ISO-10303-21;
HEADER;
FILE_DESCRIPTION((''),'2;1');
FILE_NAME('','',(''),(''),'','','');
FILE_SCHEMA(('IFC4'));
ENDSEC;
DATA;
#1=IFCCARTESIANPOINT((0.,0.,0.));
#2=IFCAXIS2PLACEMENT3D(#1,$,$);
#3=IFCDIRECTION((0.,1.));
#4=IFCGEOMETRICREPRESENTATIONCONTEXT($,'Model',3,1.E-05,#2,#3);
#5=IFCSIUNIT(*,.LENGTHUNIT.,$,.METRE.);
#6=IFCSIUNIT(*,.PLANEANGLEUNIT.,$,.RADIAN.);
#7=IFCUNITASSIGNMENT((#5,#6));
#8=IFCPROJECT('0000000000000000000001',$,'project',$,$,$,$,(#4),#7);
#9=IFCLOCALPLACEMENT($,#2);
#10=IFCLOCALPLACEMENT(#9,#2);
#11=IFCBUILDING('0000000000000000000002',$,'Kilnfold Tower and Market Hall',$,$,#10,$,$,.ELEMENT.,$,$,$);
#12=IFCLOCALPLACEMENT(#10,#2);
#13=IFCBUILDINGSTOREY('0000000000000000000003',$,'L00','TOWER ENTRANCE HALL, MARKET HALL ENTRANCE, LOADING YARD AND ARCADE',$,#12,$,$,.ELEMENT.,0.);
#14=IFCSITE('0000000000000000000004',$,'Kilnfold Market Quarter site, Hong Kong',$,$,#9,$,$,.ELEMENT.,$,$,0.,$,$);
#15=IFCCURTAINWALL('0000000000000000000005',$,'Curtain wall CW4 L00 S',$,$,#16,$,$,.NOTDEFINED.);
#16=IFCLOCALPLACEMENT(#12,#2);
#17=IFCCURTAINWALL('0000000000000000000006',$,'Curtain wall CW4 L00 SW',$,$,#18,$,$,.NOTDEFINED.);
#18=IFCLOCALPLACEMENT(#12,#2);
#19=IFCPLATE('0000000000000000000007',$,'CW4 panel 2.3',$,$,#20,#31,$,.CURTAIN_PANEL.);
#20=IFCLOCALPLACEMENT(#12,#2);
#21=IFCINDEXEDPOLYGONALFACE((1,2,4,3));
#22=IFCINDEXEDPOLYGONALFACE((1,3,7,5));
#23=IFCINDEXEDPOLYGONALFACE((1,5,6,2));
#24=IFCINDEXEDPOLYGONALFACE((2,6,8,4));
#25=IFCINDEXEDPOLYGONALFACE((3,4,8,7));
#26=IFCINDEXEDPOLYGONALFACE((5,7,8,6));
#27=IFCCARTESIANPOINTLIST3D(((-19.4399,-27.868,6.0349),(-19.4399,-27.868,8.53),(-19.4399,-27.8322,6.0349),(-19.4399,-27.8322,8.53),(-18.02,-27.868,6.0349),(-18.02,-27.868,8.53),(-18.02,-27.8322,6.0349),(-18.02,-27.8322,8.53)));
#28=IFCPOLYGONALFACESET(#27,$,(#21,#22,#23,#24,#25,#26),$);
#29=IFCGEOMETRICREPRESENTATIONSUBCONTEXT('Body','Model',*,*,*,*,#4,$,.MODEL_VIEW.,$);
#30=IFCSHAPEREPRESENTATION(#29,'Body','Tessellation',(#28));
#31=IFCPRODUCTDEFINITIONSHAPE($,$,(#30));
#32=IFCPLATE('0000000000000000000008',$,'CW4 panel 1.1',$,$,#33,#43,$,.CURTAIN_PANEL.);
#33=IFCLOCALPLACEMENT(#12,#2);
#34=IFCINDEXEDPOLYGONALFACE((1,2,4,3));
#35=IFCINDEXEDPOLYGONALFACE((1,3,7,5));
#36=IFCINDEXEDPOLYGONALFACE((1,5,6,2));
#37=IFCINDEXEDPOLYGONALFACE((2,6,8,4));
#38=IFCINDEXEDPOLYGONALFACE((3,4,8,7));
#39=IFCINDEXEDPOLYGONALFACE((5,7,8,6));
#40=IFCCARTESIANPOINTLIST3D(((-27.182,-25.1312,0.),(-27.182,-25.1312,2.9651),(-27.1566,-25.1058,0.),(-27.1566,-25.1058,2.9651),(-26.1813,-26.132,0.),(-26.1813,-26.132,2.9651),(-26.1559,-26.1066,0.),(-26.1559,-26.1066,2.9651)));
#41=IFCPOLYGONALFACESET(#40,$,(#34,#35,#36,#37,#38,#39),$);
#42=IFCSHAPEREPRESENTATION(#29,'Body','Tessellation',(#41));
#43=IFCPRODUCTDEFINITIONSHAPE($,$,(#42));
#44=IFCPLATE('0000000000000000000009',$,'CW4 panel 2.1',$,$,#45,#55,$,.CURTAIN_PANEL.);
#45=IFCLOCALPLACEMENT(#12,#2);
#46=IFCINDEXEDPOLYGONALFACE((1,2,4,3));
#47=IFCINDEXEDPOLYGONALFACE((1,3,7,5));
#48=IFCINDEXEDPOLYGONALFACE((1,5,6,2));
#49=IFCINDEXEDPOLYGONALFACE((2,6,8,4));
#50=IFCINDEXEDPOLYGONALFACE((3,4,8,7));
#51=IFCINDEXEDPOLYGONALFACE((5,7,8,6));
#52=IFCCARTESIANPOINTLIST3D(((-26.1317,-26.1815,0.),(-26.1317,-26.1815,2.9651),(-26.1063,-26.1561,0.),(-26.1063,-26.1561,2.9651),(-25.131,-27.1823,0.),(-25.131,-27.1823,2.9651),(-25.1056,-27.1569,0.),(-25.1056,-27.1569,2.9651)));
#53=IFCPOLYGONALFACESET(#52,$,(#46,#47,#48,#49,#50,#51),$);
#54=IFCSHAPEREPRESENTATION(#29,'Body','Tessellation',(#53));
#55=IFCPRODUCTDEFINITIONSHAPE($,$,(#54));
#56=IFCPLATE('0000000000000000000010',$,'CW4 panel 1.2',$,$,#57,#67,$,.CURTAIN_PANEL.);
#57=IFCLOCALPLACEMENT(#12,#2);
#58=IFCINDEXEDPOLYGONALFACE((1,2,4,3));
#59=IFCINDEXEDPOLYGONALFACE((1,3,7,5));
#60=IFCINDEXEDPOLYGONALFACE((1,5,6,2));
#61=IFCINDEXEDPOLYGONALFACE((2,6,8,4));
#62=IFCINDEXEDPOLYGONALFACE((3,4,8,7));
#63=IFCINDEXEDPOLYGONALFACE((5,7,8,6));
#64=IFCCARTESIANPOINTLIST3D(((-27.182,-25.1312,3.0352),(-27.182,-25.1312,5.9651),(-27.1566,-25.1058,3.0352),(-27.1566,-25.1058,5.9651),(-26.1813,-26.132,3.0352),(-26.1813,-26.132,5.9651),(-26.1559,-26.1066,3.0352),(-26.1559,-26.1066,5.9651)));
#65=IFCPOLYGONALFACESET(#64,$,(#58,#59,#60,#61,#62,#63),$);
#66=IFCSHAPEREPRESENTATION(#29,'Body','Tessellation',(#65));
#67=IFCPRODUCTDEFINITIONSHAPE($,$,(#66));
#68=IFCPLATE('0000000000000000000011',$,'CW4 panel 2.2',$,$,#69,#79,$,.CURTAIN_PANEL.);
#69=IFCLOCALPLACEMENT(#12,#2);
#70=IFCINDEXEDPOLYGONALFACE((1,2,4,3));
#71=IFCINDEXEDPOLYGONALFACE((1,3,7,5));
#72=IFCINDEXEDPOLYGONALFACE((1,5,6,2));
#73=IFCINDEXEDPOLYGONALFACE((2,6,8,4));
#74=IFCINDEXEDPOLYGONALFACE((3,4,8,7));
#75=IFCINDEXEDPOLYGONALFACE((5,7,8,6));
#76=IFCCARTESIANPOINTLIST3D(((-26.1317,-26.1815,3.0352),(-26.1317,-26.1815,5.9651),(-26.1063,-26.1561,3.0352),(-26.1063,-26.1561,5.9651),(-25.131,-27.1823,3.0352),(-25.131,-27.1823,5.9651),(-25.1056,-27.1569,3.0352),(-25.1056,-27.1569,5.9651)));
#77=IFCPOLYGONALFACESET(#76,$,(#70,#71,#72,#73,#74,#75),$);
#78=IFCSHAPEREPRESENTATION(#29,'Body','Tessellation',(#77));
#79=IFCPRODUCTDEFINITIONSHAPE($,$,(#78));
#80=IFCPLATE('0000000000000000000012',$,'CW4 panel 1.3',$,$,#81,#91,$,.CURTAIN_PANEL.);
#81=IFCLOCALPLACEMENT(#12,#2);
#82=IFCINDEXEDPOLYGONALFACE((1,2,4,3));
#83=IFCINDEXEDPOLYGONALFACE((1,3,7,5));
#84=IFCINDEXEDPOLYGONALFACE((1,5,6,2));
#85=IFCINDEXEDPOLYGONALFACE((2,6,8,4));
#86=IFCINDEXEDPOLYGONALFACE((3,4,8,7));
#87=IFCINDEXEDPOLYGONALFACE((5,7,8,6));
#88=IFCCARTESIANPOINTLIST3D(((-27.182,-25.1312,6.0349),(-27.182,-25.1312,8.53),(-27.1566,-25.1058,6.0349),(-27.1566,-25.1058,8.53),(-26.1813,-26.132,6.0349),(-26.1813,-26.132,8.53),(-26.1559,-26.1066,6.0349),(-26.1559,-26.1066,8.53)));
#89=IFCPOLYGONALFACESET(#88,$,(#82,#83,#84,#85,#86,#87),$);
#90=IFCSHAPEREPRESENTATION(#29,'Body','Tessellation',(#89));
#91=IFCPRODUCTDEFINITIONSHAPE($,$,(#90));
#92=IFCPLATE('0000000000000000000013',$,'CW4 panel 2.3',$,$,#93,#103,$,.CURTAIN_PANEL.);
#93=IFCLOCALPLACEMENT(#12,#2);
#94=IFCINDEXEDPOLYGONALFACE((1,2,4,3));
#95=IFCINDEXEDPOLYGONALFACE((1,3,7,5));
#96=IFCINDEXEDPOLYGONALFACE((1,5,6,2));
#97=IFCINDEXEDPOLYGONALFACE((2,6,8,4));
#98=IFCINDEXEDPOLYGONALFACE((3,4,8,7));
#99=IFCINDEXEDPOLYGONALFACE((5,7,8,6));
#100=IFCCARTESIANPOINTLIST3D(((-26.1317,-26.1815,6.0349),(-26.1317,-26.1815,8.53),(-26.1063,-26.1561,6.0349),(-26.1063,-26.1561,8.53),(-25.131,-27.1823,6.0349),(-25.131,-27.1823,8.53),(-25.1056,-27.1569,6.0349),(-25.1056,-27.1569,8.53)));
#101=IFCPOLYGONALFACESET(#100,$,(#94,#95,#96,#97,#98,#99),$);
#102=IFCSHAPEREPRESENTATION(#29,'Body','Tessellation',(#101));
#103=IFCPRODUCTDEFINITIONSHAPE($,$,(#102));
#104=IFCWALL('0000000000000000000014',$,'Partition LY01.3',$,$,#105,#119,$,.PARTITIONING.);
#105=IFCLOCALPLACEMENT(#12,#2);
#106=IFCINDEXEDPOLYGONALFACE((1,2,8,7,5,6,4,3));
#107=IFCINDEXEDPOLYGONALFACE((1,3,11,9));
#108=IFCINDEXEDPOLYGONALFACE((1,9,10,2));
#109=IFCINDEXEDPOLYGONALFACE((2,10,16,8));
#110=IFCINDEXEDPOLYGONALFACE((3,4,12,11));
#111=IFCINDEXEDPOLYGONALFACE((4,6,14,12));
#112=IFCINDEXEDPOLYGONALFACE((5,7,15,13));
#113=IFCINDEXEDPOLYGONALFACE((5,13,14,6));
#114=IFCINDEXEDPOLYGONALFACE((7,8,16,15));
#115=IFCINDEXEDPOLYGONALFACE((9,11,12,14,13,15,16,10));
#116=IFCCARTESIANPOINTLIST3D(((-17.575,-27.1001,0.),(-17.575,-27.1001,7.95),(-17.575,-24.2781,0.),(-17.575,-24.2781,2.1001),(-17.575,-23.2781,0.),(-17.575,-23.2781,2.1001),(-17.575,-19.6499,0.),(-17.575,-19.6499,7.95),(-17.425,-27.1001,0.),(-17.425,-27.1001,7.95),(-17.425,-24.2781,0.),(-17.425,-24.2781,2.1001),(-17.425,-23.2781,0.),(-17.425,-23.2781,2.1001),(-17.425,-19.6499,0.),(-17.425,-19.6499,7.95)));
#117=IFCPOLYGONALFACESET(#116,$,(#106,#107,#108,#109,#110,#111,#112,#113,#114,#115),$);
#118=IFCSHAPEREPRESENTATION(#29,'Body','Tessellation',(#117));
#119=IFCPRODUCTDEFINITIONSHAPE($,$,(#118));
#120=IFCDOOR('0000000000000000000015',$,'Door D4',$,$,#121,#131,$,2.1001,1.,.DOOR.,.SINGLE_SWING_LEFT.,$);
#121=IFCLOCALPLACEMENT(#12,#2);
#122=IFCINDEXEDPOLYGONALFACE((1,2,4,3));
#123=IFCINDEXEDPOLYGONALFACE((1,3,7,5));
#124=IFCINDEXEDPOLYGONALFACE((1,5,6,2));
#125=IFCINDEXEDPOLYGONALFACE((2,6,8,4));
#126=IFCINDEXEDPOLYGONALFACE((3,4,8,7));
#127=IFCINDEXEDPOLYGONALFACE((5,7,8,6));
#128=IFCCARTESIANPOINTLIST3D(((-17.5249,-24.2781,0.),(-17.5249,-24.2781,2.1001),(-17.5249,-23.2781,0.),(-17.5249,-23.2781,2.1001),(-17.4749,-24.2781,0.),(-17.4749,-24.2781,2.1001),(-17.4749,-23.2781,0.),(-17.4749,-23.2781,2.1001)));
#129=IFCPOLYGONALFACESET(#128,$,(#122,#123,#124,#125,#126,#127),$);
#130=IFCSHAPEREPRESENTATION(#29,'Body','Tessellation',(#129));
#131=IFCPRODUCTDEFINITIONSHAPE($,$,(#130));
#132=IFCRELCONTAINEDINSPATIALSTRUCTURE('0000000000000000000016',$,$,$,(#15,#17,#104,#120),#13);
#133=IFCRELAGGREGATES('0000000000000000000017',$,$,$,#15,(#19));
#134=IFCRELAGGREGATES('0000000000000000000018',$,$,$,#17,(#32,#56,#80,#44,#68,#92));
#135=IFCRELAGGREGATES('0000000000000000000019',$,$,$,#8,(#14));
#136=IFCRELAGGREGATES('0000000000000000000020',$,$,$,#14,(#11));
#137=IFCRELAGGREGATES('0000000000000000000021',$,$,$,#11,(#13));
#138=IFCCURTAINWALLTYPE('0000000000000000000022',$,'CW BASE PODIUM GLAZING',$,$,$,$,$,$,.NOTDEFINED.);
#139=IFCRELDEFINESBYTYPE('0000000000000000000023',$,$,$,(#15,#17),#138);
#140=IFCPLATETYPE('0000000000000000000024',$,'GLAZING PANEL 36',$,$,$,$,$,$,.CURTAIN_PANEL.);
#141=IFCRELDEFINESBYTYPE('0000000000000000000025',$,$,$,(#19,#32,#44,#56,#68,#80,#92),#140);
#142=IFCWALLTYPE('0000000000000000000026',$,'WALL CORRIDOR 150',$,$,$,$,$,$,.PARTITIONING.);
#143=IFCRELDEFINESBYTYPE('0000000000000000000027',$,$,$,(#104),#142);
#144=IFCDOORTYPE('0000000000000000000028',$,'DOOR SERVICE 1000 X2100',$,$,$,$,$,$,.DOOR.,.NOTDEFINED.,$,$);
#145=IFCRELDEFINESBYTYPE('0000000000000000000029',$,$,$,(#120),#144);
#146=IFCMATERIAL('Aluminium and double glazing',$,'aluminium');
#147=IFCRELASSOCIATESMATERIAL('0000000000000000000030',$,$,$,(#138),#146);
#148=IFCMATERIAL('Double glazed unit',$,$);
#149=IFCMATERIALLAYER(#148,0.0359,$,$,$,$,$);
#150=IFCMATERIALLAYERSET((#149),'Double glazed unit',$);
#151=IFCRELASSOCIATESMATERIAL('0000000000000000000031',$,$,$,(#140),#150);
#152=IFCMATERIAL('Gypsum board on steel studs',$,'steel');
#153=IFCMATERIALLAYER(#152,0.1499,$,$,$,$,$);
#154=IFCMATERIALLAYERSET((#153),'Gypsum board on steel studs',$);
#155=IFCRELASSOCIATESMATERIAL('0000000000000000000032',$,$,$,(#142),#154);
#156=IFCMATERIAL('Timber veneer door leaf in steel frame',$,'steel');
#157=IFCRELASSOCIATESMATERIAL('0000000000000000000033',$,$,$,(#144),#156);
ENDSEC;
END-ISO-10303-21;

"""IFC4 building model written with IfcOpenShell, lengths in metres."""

from ifc_helpers import new_model, si_unit, direction, frame, frame_2d, origin, origin_2d, place, context, subcontext, project, spatial, rectangle, extrude, source, transform, mapped, material, layer, layer_set, type_object, element, fill, aggregate, save


model = new_model("IFC4")

# Units and contexts
model_context = context("Model", 3, precision=1e-05, world=origin(), true_north=direction((0.0, 1.0)))
body_context = subcontext(model_context, "Body", "Model", "MODEL_VIEW")
ifc_project = project(units=[si_unit("LENGTHUNIT", "METRE"), si_unit("PLANEANGLEUNIT", "RADIAN")], contexts=[model_context])

# Site, building, storey
site_placement = place(None, origin())
site = spatial("IfcSite", under=ifc_project, at=site_placement, Name="Kilnfold Market Quarter site, Hong Kong", CompositionType="ELEMENT", RefElevation=0.0)
building_placement = place(site_placement, origin())
building = spatial("IfcBuilding", under=site, at=building_placement, Name="Kilnfold Tower and Market Hall", CompositionType="ELEMENT")
storey_placement = place(building_placement, origin())
storey = spatial("IfcBuildingStorey", under=building, at=storey_placement, Name="L00", Description="TOWER ENTRANCE HALL, MARKET HALL ENTRANCE, LOADING YARD AND ARCADE", CompositionType="ELEMENT", Elevation=0.0)

# Curtain wall
ifc_material_1 = material(Name="Aluminium and double glazing", Category="aluminium")
curtain_wall_type = type_object("IfcCurtainWallType", Name="CW BASE PODIUM GLAZING", PredefinedType="NOTDEFINED", material=ifc_material_1)
curtain_wall_1_placement = place(storey_placement, origin())
curtain_wall_1 = element("IfcCurtainWall", 1, at=curtain_wall_1_placement, inside=storey, type_object=curtain_wall_type, Name="Curtain wall CW4 L00 S", PredefinedType="NOTDEFINED")

# Curtain wall
curtain_wall_2_placement = place(storey_placement, origin())
curtain_wall_2 = element("IfcCurtainWall", 2, at=curtain_wall_2_placement, inside=storey, type_object=curtain_wall_type, Name="Curtain wall CW4 L00 SW", PredefinedType="NOTDEFINED")

# Plates
ifc_material_2 = material(Name="Double glazed unit")
ifc_layer_1 = layer(ifc_material_2, 0.0359)
ifc_layer_set_1 = layer_set([ifc_layer_1], Name="Double glazed unit")
plate_type = type_object("IfcPlateType", Name="GLAZING PANEL 36", PredefinedType="CURTAIN_PANEL", material=ifc_layer_set_1)
shared_shape_1 = source(origin(), body_context, "Body", "SweptSolid", [
    extrude(rectangle(XDim=1.4199, YDim=0.0359, at=origin_2d()), origin(), (0.0, 0.0, 1.0), 2.4951),
])
plate_1_placement = place(storey_placement, frame((-18.73, -27.8501, 6.0349), z_axis=(0.0, 0.0, 1.0), x_axis=(1.0, 0.0, 0.0)))
plate_1 = element("IfcPlate", 3, at=plate_1_placement, type_object=plate_type, Name="CW4 panel 2.3", PredefinedType="CURTAIN_PANEL", context=body_context, shape_type="MappedRepresentation", body=[
    mapped(shared_shape_1, transform((0.0, 0.0, 0.0))),
])
aggregate(curtain_wall_1, [plate_1])
shared_shape_2 = source(origin(), body_context, "Body", "SweptSolid", [
    extrude(rectangle(XDim=1.4153, YDim=0.0359, at=origin_2d()), origin(), (0.0, 0.0, 1.0), 2.9651),
])
plate_2_placement = place(storey_placement, frame((-26.6689, -25.6189, 0.0), z_axis=(0.0, 0.0, 1.0), x_axis=(0.70709, -0.707123, 0.0)))
plate_2 = element("IfcPlate", 4, at=plate_2_placement, type_object=plate_type, Name="CW4 panel 1.1", PredefinedType="CURTAIN_PANEL", context=body_context, shape_type="MappedRepresentation", body=[
    mapped(shared_shape_2, transform((0.0, 0.0, 0.0))),
])
plate_3_placement = place(storey_placement, frame((-25.6187, -26.6692, 0.0), z_axis=(0.0, 0.0, 1.0), x_axis=(0.70709, -0.707123, 0.0)))
plate_3 = element("IfcPlate", 5, at=plate_3_placement, type_object=plate_type, Name="CW4 panel 2.1", PredefinedType="CURTAIN_PANEL", context=body_context, shape_type="MappedRepresentation", body=[
    mapped(shared_shape_2, transform((0.0, 0.0, 0.0))),
])
shared_shape_3 = source(origin(), body_context, "Body", "SweptSolid", [
    extrude(rectangle(XDim=1.4153, YDim=0.0359, at=origin_2d()), origin(), (0.0, 0.0, 1.0), 2.9299),
])
plate_4_placement = place(storey_placement, frame((-26.6689, -25.6189, 3.0352), z_axis=(0.0, 0.0, 1.0), x_axis=(0.70709, -0.707123, 0.0)))
plate_4 = element("IfcPlate", 6, at=plate_4_placement, type_object=plate_type, Name="CW4 panel 1.2", PredefinedType="CURTAIN_PANEL", context=body_context, shape_type="MappedRepresentation", body=[
    mapped(shared_shape_3, transform((0.0, 0.0, 0.0))),
])
plate_5_placement = place(storey_placement, frame((-25.6187, -26.6692, 3.0352), z_axis=(0.0, 0.0, 1.0), x_axis=(0.70709, -0.707123, 0.0)))
plate_5 = element("IfcPlate", 7, at=plate_5_placement, type_object=plate_type, Name="CW4 panel 2.2", PredefinedType="CURTAIN_PANEL", context=body_context, shape_type="MappedRepresentation", body=[
    mapped(shared_shape_3, transform((0.0, 0.0, 0.0))),
])
shared_shape_4 = source(origin(), body_context, "Body", "SweptSolid", [
    extrude(rectangle(XDim=1.4153, YDim=0.0359, at=origin_2d()), origin(), (0.0, 0.0, 1.0), 2.4951),
])
plate_6_placement = place(storey_placement, frame((-26.6689, -25.6189, 6.0349), z_axis=(0.0, 0.0, 1.0), x_axis=(0.70709, -0.707123, 0.0)))
plate_6 = element("IfcPlate", 8, at=plate_6_placement, type_object=plate_type, Name="CW4 panel 1.3", PredefinedType="CURTAIN_PANEL", context=body_context, shape_type="MappedRepresentation", body=[
    mapped(shared_shape_4, transform((0.0, 0.0, 0.0))),
])
plate_7_placement = place(storey_placement, frame((-25.6187, -26.6692, 6.0349), z_axis=(0.0, 0.0, 1.0), x_axis=(0.70709, -0.707123, 0.0)))
plate_7 = element("IfcPlate", 9, at=plate_7_placement, type_object=plate_type, Name="CW4 panel 2.3", PredefinedType="CURTAIN_PANEL", context=body_context, shape_type="MappedRepresentation", body=[
    mapped(shared_shape_4, transform((0.0, 0.0, 0.0))),
])
aggregate(curtain_wall_2, [plate_2, plate_4, plate_6, plate_3, plate_5, plate_7])

# Wall, opening, door
ifc_material_3 = material(Name="Gypsum board on steel studs", Category="steel")
ifc_layer_2 = layer(ifc_material_3, 0.1499)
ifc_layer_set_2 = layer_set([ifc_layer_2], Name="Gypsum board on steel studs")
wall_type = type_object("IfcWallType", Name="WALL CORRIDOR 150", PredefinedType="PARTITIONING", material=ifc_layer_set_2)
wall_placement = place(storey_placement, frame((-17.5, -27.1001, 0.0), z_axis=(0.0, 0.0, 1.0), x_axis=(0.0, 1.0, 0.0)))
wall = element("IfcWall", 10, at=wall_placement, inside=storey, type_object=wall_type, Name="Partition LY01.3", PredefinedType="PARTITIONING", context=body_context, shape_type="SweptSolid", body=[
    extrude(rectangle(XDim=7.4502, YDim=0.1499, at=frame_2d((3.7251, 0.0))), origin(), (0.0, 0.0, 1.0), 7.95),
])
opening_placement = place(wall_placement, frame((2.822, 0.0, 0.0)))
opening = element("IfcOpeningElement", 11, at=opening_placement, cuts=wall, PredefinedType="OPENING", context=body_context, shape_type="SweptSolid", body=[
    extrude(rectangle(XDim=1.0, YDim=2.1001, at=frame_2d((0.5, 1.05))), frame((0.0, 0.085, 0.0), z_axis=(0.0, -1.0, 0.0), x_axis=(1.0, 0.0, 0.0)), (0.0, 0.0, 1.0), 0.1699),
])
ifc_material_4 = material(Name="Timber veneer door leaf in steel frame", Category="steel")
door_type = type_object("IfcDoorType", Name="DOOR SERVICE 1000 X2100", OperationType="NOTDEFINED", PredefinedType="DOOR", material=ifc_material_4)
door_placement = place(opening_placement, origin())
door = element("IfcDoor", 12, at=door_placement, inside=storey, type_object=door_type, Name="Door D4", OperationType="SINGLE_SWING_LEFT", OverallHeight=2.1001, OverallWidth=1.0, PredefinedType="DOOR", context=body_context, shape_type="SweptSolid", body=[
    extrude(rectangle(XDim=1.0, YDim=2.1001, at=frame_2d((0.5, 1.05))), frame((0.0, 0.0249, 0.0), z_axis=(0.0, -1.0, 0.0), x_axis=(1.0, 0.0, 0.0)), (0.0, 0.0, 1.0), 0.05),
])
fill(opening, door)

save(model, "model.ifc")
